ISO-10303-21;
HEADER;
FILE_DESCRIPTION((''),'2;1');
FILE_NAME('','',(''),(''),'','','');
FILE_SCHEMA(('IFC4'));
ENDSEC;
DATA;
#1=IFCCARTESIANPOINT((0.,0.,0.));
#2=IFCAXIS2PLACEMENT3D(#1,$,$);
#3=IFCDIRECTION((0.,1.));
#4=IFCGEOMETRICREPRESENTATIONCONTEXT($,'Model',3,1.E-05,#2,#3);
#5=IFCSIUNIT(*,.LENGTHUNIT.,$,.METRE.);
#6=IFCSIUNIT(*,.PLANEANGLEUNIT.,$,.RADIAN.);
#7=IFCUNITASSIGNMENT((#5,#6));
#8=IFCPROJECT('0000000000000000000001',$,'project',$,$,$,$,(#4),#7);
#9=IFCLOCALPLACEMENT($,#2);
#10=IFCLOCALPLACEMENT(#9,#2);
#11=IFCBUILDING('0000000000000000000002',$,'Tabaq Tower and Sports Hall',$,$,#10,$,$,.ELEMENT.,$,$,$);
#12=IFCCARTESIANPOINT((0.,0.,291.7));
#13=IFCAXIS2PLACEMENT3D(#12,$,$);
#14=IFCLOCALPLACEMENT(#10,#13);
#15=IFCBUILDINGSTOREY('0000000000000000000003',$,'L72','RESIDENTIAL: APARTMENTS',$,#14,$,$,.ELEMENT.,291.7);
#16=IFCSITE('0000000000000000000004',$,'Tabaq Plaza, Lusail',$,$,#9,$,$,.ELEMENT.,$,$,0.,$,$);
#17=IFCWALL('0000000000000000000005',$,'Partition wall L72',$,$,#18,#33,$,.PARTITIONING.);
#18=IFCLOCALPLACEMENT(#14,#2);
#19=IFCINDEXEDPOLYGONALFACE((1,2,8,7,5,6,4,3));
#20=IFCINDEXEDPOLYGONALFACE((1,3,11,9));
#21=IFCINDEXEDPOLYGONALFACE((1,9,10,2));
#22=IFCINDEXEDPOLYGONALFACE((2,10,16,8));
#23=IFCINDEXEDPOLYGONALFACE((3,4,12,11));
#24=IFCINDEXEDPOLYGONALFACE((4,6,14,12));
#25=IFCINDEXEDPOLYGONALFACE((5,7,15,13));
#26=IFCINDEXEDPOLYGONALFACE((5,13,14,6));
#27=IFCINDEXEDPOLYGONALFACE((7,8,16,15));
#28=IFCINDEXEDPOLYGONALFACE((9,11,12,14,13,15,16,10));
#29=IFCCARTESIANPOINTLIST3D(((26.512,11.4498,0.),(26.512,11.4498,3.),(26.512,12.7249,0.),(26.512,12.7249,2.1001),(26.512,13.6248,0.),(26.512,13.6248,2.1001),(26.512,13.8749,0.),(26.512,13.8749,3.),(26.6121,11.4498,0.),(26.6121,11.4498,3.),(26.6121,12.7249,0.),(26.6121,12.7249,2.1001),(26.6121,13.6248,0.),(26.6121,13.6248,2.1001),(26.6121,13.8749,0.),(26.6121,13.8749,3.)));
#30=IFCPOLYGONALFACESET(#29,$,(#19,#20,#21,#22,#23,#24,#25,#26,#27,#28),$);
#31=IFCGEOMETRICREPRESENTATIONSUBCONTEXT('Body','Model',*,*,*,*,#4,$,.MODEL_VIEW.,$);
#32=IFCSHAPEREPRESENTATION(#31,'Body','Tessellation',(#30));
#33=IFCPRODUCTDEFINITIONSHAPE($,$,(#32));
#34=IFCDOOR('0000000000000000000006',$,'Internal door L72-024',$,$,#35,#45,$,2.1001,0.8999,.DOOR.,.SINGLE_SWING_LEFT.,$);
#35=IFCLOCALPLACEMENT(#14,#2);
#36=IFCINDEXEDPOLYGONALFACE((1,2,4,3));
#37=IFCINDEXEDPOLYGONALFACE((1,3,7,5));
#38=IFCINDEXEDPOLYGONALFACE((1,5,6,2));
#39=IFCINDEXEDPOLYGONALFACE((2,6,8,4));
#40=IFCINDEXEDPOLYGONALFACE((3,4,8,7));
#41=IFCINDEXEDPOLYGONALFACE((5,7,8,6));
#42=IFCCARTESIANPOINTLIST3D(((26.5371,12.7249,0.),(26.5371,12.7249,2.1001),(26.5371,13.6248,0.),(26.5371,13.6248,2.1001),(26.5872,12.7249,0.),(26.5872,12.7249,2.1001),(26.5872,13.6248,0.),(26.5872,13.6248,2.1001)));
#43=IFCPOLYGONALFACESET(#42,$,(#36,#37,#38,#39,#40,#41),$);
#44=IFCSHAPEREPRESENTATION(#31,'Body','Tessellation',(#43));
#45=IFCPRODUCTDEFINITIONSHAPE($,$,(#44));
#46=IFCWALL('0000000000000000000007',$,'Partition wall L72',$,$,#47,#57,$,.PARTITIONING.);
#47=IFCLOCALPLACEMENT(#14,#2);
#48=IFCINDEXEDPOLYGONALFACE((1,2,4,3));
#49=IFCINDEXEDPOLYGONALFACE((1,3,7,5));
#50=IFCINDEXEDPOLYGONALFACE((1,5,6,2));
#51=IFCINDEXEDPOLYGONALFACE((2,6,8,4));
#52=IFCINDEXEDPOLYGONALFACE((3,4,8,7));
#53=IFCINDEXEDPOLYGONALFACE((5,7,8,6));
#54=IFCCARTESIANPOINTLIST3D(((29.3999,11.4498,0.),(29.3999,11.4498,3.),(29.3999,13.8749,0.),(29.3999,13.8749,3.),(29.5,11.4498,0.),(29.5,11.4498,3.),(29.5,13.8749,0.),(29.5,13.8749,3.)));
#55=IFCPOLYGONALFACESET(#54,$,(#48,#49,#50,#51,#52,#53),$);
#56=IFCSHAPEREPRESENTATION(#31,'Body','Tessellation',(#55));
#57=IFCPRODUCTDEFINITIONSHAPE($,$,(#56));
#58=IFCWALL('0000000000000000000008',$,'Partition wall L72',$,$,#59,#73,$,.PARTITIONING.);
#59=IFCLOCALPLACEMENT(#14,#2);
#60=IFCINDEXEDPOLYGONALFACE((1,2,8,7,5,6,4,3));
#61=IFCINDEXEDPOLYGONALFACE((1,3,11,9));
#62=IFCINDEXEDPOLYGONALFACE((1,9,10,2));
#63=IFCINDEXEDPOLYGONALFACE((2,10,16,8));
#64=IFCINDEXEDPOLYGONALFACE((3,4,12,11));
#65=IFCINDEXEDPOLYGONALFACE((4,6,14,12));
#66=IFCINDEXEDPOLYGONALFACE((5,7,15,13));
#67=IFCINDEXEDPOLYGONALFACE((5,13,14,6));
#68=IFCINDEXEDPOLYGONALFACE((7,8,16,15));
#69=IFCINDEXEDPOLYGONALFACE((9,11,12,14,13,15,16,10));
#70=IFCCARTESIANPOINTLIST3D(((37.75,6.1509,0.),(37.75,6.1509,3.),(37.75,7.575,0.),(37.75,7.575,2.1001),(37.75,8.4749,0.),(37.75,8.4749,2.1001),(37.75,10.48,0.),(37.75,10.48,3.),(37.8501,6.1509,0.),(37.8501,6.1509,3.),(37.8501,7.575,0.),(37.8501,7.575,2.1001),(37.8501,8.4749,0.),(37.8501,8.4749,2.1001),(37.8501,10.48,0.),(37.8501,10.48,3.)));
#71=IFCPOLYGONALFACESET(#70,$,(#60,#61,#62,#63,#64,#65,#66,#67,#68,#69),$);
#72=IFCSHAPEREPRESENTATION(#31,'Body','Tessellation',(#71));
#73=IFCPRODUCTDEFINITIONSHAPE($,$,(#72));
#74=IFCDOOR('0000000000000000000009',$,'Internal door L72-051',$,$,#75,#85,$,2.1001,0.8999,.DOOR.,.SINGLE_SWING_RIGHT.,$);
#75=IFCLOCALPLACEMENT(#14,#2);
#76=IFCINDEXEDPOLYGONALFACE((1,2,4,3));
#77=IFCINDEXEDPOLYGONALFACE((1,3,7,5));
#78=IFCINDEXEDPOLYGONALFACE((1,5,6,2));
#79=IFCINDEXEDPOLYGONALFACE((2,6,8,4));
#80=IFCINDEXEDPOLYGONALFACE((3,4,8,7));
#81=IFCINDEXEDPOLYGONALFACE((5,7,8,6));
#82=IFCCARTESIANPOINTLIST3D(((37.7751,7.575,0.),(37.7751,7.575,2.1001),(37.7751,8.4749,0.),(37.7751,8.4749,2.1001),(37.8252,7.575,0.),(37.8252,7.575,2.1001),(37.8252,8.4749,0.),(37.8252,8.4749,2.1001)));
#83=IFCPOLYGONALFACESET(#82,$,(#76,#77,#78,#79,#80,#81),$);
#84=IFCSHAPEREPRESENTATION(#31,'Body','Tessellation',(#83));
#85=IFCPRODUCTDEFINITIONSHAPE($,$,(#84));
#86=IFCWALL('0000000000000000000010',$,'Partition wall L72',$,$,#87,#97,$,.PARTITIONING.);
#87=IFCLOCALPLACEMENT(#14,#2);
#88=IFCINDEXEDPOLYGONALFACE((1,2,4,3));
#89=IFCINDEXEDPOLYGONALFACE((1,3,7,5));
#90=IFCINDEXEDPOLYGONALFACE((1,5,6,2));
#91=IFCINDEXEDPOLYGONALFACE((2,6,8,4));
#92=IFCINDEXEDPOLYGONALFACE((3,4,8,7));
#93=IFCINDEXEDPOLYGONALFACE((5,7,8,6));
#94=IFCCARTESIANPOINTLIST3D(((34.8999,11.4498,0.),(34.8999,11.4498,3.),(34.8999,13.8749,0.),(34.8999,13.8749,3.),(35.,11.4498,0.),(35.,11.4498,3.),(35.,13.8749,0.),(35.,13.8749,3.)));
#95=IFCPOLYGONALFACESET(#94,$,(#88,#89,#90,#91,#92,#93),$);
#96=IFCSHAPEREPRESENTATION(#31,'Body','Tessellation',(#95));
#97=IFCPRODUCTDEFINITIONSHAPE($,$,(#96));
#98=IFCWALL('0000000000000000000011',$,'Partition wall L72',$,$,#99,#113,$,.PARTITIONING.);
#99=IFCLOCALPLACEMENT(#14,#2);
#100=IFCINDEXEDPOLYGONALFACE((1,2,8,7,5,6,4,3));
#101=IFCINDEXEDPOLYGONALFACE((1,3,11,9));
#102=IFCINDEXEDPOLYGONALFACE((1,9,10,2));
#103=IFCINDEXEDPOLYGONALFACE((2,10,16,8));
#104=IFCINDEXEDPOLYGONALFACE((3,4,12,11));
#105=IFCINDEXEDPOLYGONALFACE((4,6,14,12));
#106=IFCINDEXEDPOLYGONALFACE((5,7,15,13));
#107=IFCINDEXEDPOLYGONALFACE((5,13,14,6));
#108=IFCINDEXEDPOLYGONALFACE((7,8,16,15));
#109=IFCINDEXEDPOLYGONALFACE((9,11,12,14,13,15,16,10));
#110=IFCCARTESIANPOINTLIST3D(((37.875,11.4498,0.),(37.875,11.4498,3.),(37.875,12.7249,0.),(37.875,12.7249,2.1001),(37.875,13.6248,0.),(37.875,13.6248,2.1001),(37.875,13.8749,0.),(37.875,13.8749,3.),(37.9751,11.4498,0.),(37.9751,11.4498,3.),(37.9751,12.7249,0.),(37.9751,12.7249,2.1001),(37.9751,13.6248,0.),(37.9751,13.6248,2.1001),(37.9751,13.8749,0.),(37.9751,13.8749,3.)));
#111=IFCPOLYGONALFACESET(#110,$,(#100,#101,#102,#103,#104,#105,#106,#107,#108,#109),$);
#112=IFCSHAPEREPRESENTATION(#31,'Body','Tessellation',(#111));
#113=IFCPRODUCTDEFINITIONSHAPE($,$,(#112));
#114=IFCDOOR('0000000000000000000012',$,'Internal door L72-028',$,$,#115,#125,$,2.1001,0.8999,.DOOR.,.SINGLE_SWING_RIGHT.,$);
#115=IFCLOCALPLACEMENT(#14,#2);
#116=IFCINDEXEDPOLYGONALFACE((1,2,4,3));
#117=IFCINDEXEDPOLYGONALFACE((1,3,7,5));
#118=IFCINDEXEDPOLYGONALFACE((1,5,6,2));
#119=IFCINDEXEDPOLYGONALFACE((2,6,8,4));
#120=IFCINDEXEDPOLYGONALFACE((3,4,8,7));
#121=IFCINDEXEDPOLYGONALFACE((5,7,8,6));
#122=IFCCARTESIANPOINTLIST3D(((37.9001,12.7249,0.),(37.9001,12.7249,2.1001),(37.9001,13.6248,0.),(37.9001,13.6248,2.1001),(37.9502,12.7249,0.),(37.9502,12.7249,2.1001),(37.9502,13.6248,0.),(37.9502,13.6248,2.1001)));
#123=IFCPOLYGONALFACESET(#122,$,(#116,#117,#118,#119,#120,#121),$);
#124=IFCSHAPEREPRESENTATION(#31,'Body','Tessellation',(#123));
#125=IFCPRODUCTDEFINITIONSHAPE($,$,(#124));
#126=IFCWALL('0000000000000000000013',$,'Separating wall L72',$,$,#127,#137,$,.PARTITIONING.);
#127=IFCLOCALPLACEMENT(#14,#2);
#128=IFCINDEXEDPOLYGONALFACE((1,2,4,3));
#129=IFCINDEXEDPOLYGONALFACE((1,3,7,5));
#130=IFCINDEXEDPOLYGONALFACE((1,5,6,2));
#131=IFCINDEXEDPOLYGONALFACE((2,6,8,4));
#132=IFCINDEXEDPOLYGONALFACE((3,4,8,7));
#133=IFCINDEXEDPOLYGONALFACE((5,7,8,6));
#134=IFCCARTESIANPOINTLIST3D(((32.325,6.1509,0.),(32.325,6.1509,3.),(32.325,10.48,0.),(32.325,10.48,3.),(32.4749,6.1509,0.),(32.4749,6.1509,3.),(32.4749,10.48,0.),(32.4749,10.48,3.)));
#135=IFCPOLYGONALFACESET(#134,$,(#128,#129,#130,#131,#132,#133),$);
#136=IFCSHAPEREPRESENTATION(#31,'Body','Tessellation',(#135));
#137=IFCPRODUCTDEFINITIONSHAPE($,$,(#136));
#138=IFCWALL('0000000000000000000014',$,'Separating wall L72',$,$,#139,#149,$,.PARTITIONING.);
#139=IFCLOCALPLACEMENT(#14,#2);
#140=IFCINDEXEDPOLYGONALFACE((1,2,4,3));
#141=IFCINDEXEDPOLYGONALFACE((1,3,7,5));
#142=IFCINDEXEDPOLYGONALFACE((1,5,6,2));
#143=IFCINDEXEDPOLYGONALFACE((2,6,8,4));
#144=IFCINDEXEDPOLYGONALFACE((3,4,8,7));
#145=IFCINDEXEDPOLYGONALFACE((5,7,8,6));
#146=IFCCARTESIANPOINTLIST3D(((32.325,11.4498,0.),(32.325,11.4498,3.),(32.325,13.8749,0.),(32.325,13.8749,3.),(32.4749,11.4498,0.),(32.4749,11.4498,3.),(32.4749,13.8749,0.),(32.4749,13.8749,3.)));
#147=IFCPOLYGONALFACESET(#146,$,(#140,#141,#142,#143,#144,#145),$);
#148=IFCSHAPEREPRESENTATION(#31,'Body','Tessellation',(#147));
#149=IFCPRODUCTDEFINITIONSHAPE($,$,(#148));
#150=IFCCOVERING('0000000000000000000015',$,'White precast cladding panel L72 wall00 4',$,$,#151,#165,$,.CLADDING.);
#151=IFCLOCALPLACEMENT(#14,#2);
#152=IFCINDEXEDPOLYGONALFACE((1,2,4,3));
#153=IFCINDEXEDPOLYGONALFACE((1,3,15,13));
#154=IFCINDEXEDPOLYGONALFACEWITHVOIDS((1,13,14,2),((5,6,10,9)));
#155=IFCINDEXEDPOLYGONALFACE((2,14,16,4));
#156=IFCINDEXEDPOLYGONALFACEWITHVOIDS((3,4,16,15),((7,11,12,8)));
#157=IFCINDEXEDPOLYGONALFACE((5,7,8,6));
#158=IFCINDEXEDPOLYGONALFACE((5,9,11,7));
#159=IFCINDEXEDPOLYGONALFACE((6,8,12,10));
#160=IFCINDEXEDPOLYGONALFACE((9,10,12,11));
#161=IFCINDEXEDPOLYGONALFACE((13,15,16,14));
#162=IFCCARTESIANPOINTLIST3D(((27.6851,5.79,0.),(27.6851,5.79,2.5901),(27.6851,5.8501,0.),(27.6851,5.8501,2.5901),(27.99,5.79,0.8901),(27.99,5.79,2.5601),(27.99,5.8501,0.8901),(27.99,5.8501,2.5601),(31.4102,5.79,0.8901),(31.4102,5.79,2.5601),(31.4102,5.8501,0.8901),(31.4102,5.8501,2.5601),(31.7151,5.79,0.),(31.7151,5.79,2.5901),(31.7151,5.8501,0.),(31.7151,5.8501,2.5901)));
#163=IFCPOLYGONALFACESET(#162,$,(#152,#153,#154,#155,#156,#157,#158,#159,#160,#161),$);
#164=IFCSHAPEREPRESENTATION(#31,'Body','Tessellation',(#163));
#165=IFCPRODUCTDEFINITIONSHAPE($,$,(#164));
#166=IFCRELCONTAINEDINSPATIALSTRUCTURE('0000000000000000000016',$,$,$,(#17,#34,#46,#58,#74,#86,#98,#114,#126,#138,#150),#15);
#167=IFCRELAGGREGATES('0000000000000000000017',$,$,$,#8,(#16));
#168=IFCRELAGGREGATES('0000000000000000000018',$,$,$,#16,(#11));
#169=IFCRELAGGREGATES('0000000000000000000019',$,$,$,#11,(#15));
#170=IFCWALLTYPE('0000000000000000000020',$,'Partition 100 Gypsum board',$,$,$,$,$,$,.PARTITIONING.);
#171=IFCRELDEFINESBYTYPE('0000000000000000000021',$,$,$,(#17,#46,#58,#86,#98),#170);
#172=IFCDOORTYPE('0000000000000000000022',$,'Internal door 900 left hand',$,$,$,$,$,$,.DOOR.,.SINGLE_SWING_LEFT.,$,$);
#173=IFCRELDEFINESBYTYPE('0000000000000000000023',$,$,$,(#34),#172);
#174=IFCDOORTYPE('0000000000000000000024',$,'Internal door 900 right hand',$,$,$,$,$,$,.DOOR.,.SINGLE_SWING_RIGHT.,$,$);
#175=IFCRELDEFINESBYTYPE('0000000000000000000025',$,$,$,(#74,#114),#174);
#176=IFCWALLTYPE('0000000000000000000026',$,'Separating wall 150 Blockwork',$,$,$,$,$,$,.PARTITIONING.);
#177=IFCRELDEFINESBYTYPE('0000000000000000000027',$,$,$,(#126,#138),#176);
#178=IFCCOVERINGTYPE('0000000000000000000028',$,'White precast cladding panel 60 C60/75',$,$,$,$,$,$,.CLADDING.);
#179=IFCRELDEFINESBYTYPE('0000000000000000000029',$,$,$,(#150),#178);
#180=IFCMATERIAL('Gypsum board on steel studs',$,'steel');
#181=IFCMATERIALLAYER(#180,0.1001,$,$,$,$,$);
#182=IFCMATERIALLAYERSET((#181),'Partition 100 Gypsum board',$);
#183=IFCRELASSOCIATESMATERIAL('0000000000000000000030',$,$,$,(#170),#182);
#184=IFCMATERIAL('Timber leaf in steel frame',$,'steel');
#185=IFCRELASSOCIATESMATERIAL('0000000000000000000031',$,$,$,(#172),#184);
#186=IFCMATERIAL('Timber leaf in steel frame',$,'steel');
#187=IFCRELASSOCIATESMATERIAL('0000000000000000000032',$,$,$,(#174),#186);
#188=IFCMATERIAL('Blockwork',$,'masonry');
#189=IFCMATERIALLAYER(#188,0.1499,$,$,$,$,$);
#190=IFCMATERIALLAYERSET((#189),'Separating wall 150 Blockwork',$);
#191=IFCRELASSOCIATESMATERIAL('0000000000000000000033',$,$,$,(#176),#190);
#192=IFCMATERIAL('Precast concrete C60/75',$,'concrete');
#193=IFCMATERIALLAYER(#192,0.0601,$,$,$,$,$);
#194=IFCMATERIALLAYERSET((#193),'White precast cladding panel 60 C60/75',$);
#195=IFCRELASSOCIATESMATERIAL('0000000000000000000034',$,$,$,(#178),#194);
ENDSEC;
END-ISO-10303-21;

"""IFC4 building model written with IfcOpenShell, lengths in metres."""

from ifc_helpers import new_model, si_unit, direction, frame, frame_2d, origin, place, context, subcontext, project, spatial, polyline, rectangle, outline, extrude, material, layer, layer_set, type_object, element, fill, save


model = new_model("IFC4")

# Units and contexts
model_context = context("Model", 3, precision=1e-05, world=origin(), true_north=direction((0.0, 1.0)))
body_context = subcontext(model_context, "Body", "Model", "MODEL_VIEW")
ifc_project = project(units=[si_unit("LENGTHUNIT", "METRE"), si_unit("PLANEANGLEUNIT", "RADIAN")], contexts=[model_context])

# Site, building, storey
site_placement = place(None, origin())
site = spatial("IfcSite", under=ifc_project, at=site_placement, Name="Tabaq Plaza, Lusail", CompositionType="ELEMENT", RefElevation=0.0)
building_placement = place(site_placement, origin())
building = spatial("IfcBuilding", under=site, at=building_placement, Name="Tabaq Tower and Sports Hall", CompositionType="ELEMENT")
storey_placement = place(building_placement, frame((0.0, 0.0, 291.7)))
storey = spatial("IfcBuildingStorey", under=building, at=storey_placement, Name="L72", Description="RESIDENTIAL: APARTMENTS", CompositionType="ELEMENT", Elevation=291.7)

# Shared definitions
ifc_material_1 = material(Name="Gypsum board on steel studs", Category="steel")
ifc_layer_1 = layer(ifc_material_1, 0.1001)
ifc_layer_set_1 = layer_set([ifc_layer_1], Name="Partition 100 Gypsum board")
wall_type_1 = type_object("IfcWallType", Name="Partition 100 Gypsum board", PredefinedType="PARTITIONING", material=ifc_layer_set_1)
ifc_material_2 = material(Name="Timber leaf in steel frame", Category="steel")
door_type_1 = type_object("IfcDoorType", Name="Internal door 900 left hand", OperationType="SINGLE_SWING_LEFT", PredefinedType="DOOR", material=ifc_material_2)
ifc_material_3 = material(Name="Timber leaf in steel frame", Category="steel")
door_type_2 = type_object("IfcDoorType", Name="Internal door 900 right hand", OperationType="SINGLE_SWING_RIGHT", PredefinedType="DOOR", material=ifc_material_3)

# Wall, opening, door
wall_1_placement = place(storey_placement, frame((26.562, 11.45, 0.0), z_axis=(0.0, 0.0, 1.0), x_axis=(0.0, 1.0, 0.0)))
wall_1 = element("IfcWall", 1, at=wall_1_placement, inside=storey, type_object=wall_type_1, Name="Partition wall L72", PredefinedType="PARTITIONING", context=body_context, shape_type="SweptSolid", body=[
    extrude(rectangle(XDim=2.425, YDim=0.1001, at=frame_2d((1.2124, 0.0))), origin(), (0.0, 0.0, 1.0), 3.0),
])
opening_1_placement = place(wall_1_placement, frame((1.2749, 0.0, 0.0)))
opening_1 = element("IfcOpeningElement", 2, at=opening_1_placement, cuts=wall_1, PredefinedType="OPENING", context=body_context, shape_type="SweptSolid", body=[
    extrude(rectangle(XDim=0.8999, YDim=2.1001, at=frame_2d((0.45, 1.05))), frame((0.0, 0.05, 0.0), z_axis=(0.0, -1.0, 0.0), x_axis=(1.0, 0.0, 0.0)), (0.0, 0.0, 1.0), 0.1001),
])
door_1_placement = place(opening_1_placement, origin())
door_1 = element("IfcDoor", 3, at=door_1_placement, inside=storey, type_object=door_type_1, Name="Internal door L72-024", OperationType="SINGLE_SWING_LEFT", OverallHeight=2.1001, OverallWidth=0.8999, PredefinedType="DOOR", context=body_context, shape_type="SweptSolid", body=[
    extrude(rectangle(XDim=0.8999, YDim=2.1001, at=frame_2d((0.45, 1.05))), frame((0.0, 0.0249, 0.0), z_axis=(0.0, -1.0, 0.0), x_axis=(1.0, 0.0, 0.0)), (0.0, 0.0, 1.0), 0.05),
])
fill(opening_1, door_1)

# Wall
wall_2_placement = place(storey_placement, frame((29.45, 11.45, 0.0), z_axis=(0.0, 0.0, 1.0), x_axis=(0.0, 1.0, 0.0)))
element("IfcWall", 4, at=wall_2_placement, inside=storey, type_object=wall_type_1, Name="Partition wall L72", PredefinedType="PARTITIONING", context=body_context, shape_type="SweptSolid", body=[
    extrude(rectangle(XDim=2.425, YDim=0.1001, at=frame_2d((1.2124, 0.0))), origin(), (0.0, 0.0, 1.0), 3.0),
])

# Wall, opening, door
wall_3_placement = place(storey_placement, frame((37.8, 6.1509, 0.0), z_axis=(0.0, 0.0, 1.0), x_axis=(0.0, 1.0, 0.0)))
wall_3 = element("IfcWall", 5, at=wall_3_placement, inside=storey, type_object=wall_type_1, Name="Partition wall L72", PredefinedType="PARTITIONING", context=body_context, shape_type="SweptSolid", body=[
    extrude(rectangle(XDim=4.3291, YDim=0.1001, at=frame_2d((2.1646, 0.0))), origin(), (0.0, 0.0, 1.0), 3.0),
])
opening_2_placement = place(wall_3_placement, frame((1.4241, 0.0, 0.0)))
opening_2 = element("IfcOpeningElement", 6, at=opening_2_placement, cuts=wall_3, PredefinedType="OPENING", context=body_context, shape_type="SweptSolid", body=[
    extrude(rectangle(XDim=0.8999, YDim=2.1001, at=frame_2d((0.45, 1.05))), frame((0.0, 0.05, 0.0), z_axis=(0.0, -1.0, 0.0), x_axis=(1.0, 0.0, 0.0)), (0.0, 0.0, 1.0), 0.1001),
])
door_2_placement = place(opening_2_placement, origin())
door_2 = element("IfcDoor", 7, at=door_2_placement, inside=storey, type_object=door_type_2, Name="Internal door L72-051", OperationType="SINGLE_SWING_RIGHT", OverallHeight=2.1001, OverallWidth=0.8999, PredefinedType="DOOR", context=body_context, shape_type="SweptSolid", body=[
    extrude(rectangle(XDim=0.8999, YDim=2.1001, at=frame_2d((0.45, 1.05))), frame((0.0, 0.0249, 0.0), z_axis=(0.0, -1.0, 0.0), x_axis=(1.0, 0.0, 0.0)), (0.0, 0.0, 1.0), 0.05),
])
fill(opening_2, door_2)

# Wall
wall_4_placement = place(storey_placement, frame((34.95, 11.45, 0.0), z_axis=(0.0, 0.0, 1.0), x_axis=(0.0, 1.0, 0.0)))
element("IfcWall", 8, at=wall_4_placement, inside=storey, type_object=wall_type_1, Name="Partition wall L72", PredefinedType="PARTITIONING", context=body_context, shape_type="SweptSolid", body=[
    extrude(rectangle(XDim=2.425, YDim=0.1001, at=frame_2d((1.2124, 0.0))), origin(), (0.0, 0.0, 1.0), 3.0),
])

# Wall, opening, door
wall_5_placement = place(storey_placement, frame((37.925, 11.45, 0.0), z_axis=(0.0, 0.0, 1.0), x_axis=(0.0, 1.0, 0.0)))
wall_5 = element("IfcWall", 9, at=wall_5_placement, inside=storey, type_object=wall_type_1, Name="Partition wall L72", PredefinedType="PARTITIONING", context=body_context, shape_type="SweptSolid", body=[
    extrude(rectangle(XDim=2.425, YDim=0.1001, at=frame_2d((1.2124, 0.0))), origin(), (0.0, 0.0, 1.0), 3.0),
])
opening_3_placement = place(wall_5_placement, frame((1.2749, 0.0, 0.0)))
opening_3 = element("IfcOpeningElement", 10, at=opening_3_placement, cuts=wall_5, PredefinedType="OPENING", context=body_context, shape_type="SweptSolid", body=[
    extrude(rectangle(XDim=0.8999, YDim=2.1001, at=frame_2d((0.45, 1.05))), frame((0.0, 0.05, 0.0), z_axis=(0.0, -1.0, 0.0), x_axis=(1.0, 0.0, 0.0)), (0.0, 0.0, 1.0), 0.1001),
])
door_3_placement = place(opening_3_placement, origin())
door_3 = element("IfcDoor", 11, at=door_3_placement, inside=storey, type_object=door_type_2, Name="Internal door L72-028", OperationType="SINGLE_SWING_RIGHT", OverallHeight=2.1001, OverallWidth=0.8999, PredefinedType="DOOR", context=body_context, shape_type="SweptSolid", body=[
    extrude(rectangle(XDim=0.8999, YDim=2.1001, at=frame_2d((0.45, 1.05))), frame((0.0, 0.0249, 0.0), z_axis=(0.0, -1.0, 0.0), x_axis=(1.0, 0.0, 0.0)), (0.0, 0.0, 1.0), 0.05),
])
fill(opening_3, door_3)

# Walls
ifc_material_4 = material(Name="Blockwork", Category="masonry")
ifc_layer_2 = layer(ifc_material_4, 0.1499)
ifc_layer_set_2 = layer_set([ifc_layer_2], Name="Separating wall 150 Blockwork")
wall_type_2 = type_object("IfcWallType", Name="Separating wall 150 Blockwork", PredefinedType="PARTITIONING", material=ifc_layer_set_2)
wall_6_placement = place(storey_placement, frame((32.3999, 6.1509, 0.0), z_axis=(0.0, 0.0, 1.0), x_axis=(0.0, 1.0, 0.0)))
element("IfcWall", 12, at=wall_6_placement, inside=storey, type_object=wall_type_2, Name="Separating wall L72", PredefinedType="PARTITIONING", context=body_context, shape_type="SweptSolid", body=[
    extrude(rectangle(XDim=4.3291, YDim=0.1499, at=frame_2d((2.1646, 0.0))), origin(), (0.0, 0.0, 1.0), 3.0),
])
wall_7_placement = place(storey_placement, frame((32.3999, 11.45, 0.0), z_axis=(0.0, 0.0, 1.0), x_axis=(0.0, 1.0, 0.0)))
element("IfcWall", 13, at=wall_7_placement, inside=storey, type_object=wall_type_2, Name="Separating wall L72", PredefinedType="PARTITIONING", context=body_context, shape_type="SweptSolid", body=[
    extrude(rectangle(XDim=2.425, YDim=0.1499, at=frame_2d((1.2124, 0.0))), origin(), (0.0, 0.0, 1.0), 3.0),
])

# Covering
ifc_material_5 = material(Name="Precast concrete C60/75", Category="concrete")
ifc_layer_3 = layer(ifc_material_5, 0.0601)
ifc_layer_set_3 = layer_set([ifc_layer_3], Name="White precast cladding panel 60 C60/75")
covering_type = type_object("IfcCoveringType", Name="White precast cladding panel 60 C60/75", PredefinedType="CLADDING", material=ifc_layer_set_3)
covering_1_placement = place(storey_placement, frame((27.6851, 5.8201, 0.0), z_axis=(0.0, 0.0, 1.0), x_axis=(1.0, 0.0, 0.0)))
element("IfcCovering", 14, at=covering_1_placement, inside=storey, type_object=covering_type, Name="White precast cladding panel L72 wall00 4", PredefinedType="CLADDING", context=body_context, shape_type="SweptSolid", body=[
    extrude(outline(polyline([(0.0, 0.0), (4.03, 0.0), (4.03, 2.5901), (0.0, 2.5901), (0.0, 0.0)]), holes=[polyline([(3.7251, 0.8901), (0.3049, 0.8901), (0.3049, 2.5601), (3.7251, 2.5601), (3.7251, 0.8901)])]), frame((0.0, 0.03, 0.0), z_axis=(0.0, -1.0, 0.0), x_axis=(1.0, 0.0, 0.0)), (0.0, 0.0, 1.0), 0.0601),
])

save(model, "model.ifc")
